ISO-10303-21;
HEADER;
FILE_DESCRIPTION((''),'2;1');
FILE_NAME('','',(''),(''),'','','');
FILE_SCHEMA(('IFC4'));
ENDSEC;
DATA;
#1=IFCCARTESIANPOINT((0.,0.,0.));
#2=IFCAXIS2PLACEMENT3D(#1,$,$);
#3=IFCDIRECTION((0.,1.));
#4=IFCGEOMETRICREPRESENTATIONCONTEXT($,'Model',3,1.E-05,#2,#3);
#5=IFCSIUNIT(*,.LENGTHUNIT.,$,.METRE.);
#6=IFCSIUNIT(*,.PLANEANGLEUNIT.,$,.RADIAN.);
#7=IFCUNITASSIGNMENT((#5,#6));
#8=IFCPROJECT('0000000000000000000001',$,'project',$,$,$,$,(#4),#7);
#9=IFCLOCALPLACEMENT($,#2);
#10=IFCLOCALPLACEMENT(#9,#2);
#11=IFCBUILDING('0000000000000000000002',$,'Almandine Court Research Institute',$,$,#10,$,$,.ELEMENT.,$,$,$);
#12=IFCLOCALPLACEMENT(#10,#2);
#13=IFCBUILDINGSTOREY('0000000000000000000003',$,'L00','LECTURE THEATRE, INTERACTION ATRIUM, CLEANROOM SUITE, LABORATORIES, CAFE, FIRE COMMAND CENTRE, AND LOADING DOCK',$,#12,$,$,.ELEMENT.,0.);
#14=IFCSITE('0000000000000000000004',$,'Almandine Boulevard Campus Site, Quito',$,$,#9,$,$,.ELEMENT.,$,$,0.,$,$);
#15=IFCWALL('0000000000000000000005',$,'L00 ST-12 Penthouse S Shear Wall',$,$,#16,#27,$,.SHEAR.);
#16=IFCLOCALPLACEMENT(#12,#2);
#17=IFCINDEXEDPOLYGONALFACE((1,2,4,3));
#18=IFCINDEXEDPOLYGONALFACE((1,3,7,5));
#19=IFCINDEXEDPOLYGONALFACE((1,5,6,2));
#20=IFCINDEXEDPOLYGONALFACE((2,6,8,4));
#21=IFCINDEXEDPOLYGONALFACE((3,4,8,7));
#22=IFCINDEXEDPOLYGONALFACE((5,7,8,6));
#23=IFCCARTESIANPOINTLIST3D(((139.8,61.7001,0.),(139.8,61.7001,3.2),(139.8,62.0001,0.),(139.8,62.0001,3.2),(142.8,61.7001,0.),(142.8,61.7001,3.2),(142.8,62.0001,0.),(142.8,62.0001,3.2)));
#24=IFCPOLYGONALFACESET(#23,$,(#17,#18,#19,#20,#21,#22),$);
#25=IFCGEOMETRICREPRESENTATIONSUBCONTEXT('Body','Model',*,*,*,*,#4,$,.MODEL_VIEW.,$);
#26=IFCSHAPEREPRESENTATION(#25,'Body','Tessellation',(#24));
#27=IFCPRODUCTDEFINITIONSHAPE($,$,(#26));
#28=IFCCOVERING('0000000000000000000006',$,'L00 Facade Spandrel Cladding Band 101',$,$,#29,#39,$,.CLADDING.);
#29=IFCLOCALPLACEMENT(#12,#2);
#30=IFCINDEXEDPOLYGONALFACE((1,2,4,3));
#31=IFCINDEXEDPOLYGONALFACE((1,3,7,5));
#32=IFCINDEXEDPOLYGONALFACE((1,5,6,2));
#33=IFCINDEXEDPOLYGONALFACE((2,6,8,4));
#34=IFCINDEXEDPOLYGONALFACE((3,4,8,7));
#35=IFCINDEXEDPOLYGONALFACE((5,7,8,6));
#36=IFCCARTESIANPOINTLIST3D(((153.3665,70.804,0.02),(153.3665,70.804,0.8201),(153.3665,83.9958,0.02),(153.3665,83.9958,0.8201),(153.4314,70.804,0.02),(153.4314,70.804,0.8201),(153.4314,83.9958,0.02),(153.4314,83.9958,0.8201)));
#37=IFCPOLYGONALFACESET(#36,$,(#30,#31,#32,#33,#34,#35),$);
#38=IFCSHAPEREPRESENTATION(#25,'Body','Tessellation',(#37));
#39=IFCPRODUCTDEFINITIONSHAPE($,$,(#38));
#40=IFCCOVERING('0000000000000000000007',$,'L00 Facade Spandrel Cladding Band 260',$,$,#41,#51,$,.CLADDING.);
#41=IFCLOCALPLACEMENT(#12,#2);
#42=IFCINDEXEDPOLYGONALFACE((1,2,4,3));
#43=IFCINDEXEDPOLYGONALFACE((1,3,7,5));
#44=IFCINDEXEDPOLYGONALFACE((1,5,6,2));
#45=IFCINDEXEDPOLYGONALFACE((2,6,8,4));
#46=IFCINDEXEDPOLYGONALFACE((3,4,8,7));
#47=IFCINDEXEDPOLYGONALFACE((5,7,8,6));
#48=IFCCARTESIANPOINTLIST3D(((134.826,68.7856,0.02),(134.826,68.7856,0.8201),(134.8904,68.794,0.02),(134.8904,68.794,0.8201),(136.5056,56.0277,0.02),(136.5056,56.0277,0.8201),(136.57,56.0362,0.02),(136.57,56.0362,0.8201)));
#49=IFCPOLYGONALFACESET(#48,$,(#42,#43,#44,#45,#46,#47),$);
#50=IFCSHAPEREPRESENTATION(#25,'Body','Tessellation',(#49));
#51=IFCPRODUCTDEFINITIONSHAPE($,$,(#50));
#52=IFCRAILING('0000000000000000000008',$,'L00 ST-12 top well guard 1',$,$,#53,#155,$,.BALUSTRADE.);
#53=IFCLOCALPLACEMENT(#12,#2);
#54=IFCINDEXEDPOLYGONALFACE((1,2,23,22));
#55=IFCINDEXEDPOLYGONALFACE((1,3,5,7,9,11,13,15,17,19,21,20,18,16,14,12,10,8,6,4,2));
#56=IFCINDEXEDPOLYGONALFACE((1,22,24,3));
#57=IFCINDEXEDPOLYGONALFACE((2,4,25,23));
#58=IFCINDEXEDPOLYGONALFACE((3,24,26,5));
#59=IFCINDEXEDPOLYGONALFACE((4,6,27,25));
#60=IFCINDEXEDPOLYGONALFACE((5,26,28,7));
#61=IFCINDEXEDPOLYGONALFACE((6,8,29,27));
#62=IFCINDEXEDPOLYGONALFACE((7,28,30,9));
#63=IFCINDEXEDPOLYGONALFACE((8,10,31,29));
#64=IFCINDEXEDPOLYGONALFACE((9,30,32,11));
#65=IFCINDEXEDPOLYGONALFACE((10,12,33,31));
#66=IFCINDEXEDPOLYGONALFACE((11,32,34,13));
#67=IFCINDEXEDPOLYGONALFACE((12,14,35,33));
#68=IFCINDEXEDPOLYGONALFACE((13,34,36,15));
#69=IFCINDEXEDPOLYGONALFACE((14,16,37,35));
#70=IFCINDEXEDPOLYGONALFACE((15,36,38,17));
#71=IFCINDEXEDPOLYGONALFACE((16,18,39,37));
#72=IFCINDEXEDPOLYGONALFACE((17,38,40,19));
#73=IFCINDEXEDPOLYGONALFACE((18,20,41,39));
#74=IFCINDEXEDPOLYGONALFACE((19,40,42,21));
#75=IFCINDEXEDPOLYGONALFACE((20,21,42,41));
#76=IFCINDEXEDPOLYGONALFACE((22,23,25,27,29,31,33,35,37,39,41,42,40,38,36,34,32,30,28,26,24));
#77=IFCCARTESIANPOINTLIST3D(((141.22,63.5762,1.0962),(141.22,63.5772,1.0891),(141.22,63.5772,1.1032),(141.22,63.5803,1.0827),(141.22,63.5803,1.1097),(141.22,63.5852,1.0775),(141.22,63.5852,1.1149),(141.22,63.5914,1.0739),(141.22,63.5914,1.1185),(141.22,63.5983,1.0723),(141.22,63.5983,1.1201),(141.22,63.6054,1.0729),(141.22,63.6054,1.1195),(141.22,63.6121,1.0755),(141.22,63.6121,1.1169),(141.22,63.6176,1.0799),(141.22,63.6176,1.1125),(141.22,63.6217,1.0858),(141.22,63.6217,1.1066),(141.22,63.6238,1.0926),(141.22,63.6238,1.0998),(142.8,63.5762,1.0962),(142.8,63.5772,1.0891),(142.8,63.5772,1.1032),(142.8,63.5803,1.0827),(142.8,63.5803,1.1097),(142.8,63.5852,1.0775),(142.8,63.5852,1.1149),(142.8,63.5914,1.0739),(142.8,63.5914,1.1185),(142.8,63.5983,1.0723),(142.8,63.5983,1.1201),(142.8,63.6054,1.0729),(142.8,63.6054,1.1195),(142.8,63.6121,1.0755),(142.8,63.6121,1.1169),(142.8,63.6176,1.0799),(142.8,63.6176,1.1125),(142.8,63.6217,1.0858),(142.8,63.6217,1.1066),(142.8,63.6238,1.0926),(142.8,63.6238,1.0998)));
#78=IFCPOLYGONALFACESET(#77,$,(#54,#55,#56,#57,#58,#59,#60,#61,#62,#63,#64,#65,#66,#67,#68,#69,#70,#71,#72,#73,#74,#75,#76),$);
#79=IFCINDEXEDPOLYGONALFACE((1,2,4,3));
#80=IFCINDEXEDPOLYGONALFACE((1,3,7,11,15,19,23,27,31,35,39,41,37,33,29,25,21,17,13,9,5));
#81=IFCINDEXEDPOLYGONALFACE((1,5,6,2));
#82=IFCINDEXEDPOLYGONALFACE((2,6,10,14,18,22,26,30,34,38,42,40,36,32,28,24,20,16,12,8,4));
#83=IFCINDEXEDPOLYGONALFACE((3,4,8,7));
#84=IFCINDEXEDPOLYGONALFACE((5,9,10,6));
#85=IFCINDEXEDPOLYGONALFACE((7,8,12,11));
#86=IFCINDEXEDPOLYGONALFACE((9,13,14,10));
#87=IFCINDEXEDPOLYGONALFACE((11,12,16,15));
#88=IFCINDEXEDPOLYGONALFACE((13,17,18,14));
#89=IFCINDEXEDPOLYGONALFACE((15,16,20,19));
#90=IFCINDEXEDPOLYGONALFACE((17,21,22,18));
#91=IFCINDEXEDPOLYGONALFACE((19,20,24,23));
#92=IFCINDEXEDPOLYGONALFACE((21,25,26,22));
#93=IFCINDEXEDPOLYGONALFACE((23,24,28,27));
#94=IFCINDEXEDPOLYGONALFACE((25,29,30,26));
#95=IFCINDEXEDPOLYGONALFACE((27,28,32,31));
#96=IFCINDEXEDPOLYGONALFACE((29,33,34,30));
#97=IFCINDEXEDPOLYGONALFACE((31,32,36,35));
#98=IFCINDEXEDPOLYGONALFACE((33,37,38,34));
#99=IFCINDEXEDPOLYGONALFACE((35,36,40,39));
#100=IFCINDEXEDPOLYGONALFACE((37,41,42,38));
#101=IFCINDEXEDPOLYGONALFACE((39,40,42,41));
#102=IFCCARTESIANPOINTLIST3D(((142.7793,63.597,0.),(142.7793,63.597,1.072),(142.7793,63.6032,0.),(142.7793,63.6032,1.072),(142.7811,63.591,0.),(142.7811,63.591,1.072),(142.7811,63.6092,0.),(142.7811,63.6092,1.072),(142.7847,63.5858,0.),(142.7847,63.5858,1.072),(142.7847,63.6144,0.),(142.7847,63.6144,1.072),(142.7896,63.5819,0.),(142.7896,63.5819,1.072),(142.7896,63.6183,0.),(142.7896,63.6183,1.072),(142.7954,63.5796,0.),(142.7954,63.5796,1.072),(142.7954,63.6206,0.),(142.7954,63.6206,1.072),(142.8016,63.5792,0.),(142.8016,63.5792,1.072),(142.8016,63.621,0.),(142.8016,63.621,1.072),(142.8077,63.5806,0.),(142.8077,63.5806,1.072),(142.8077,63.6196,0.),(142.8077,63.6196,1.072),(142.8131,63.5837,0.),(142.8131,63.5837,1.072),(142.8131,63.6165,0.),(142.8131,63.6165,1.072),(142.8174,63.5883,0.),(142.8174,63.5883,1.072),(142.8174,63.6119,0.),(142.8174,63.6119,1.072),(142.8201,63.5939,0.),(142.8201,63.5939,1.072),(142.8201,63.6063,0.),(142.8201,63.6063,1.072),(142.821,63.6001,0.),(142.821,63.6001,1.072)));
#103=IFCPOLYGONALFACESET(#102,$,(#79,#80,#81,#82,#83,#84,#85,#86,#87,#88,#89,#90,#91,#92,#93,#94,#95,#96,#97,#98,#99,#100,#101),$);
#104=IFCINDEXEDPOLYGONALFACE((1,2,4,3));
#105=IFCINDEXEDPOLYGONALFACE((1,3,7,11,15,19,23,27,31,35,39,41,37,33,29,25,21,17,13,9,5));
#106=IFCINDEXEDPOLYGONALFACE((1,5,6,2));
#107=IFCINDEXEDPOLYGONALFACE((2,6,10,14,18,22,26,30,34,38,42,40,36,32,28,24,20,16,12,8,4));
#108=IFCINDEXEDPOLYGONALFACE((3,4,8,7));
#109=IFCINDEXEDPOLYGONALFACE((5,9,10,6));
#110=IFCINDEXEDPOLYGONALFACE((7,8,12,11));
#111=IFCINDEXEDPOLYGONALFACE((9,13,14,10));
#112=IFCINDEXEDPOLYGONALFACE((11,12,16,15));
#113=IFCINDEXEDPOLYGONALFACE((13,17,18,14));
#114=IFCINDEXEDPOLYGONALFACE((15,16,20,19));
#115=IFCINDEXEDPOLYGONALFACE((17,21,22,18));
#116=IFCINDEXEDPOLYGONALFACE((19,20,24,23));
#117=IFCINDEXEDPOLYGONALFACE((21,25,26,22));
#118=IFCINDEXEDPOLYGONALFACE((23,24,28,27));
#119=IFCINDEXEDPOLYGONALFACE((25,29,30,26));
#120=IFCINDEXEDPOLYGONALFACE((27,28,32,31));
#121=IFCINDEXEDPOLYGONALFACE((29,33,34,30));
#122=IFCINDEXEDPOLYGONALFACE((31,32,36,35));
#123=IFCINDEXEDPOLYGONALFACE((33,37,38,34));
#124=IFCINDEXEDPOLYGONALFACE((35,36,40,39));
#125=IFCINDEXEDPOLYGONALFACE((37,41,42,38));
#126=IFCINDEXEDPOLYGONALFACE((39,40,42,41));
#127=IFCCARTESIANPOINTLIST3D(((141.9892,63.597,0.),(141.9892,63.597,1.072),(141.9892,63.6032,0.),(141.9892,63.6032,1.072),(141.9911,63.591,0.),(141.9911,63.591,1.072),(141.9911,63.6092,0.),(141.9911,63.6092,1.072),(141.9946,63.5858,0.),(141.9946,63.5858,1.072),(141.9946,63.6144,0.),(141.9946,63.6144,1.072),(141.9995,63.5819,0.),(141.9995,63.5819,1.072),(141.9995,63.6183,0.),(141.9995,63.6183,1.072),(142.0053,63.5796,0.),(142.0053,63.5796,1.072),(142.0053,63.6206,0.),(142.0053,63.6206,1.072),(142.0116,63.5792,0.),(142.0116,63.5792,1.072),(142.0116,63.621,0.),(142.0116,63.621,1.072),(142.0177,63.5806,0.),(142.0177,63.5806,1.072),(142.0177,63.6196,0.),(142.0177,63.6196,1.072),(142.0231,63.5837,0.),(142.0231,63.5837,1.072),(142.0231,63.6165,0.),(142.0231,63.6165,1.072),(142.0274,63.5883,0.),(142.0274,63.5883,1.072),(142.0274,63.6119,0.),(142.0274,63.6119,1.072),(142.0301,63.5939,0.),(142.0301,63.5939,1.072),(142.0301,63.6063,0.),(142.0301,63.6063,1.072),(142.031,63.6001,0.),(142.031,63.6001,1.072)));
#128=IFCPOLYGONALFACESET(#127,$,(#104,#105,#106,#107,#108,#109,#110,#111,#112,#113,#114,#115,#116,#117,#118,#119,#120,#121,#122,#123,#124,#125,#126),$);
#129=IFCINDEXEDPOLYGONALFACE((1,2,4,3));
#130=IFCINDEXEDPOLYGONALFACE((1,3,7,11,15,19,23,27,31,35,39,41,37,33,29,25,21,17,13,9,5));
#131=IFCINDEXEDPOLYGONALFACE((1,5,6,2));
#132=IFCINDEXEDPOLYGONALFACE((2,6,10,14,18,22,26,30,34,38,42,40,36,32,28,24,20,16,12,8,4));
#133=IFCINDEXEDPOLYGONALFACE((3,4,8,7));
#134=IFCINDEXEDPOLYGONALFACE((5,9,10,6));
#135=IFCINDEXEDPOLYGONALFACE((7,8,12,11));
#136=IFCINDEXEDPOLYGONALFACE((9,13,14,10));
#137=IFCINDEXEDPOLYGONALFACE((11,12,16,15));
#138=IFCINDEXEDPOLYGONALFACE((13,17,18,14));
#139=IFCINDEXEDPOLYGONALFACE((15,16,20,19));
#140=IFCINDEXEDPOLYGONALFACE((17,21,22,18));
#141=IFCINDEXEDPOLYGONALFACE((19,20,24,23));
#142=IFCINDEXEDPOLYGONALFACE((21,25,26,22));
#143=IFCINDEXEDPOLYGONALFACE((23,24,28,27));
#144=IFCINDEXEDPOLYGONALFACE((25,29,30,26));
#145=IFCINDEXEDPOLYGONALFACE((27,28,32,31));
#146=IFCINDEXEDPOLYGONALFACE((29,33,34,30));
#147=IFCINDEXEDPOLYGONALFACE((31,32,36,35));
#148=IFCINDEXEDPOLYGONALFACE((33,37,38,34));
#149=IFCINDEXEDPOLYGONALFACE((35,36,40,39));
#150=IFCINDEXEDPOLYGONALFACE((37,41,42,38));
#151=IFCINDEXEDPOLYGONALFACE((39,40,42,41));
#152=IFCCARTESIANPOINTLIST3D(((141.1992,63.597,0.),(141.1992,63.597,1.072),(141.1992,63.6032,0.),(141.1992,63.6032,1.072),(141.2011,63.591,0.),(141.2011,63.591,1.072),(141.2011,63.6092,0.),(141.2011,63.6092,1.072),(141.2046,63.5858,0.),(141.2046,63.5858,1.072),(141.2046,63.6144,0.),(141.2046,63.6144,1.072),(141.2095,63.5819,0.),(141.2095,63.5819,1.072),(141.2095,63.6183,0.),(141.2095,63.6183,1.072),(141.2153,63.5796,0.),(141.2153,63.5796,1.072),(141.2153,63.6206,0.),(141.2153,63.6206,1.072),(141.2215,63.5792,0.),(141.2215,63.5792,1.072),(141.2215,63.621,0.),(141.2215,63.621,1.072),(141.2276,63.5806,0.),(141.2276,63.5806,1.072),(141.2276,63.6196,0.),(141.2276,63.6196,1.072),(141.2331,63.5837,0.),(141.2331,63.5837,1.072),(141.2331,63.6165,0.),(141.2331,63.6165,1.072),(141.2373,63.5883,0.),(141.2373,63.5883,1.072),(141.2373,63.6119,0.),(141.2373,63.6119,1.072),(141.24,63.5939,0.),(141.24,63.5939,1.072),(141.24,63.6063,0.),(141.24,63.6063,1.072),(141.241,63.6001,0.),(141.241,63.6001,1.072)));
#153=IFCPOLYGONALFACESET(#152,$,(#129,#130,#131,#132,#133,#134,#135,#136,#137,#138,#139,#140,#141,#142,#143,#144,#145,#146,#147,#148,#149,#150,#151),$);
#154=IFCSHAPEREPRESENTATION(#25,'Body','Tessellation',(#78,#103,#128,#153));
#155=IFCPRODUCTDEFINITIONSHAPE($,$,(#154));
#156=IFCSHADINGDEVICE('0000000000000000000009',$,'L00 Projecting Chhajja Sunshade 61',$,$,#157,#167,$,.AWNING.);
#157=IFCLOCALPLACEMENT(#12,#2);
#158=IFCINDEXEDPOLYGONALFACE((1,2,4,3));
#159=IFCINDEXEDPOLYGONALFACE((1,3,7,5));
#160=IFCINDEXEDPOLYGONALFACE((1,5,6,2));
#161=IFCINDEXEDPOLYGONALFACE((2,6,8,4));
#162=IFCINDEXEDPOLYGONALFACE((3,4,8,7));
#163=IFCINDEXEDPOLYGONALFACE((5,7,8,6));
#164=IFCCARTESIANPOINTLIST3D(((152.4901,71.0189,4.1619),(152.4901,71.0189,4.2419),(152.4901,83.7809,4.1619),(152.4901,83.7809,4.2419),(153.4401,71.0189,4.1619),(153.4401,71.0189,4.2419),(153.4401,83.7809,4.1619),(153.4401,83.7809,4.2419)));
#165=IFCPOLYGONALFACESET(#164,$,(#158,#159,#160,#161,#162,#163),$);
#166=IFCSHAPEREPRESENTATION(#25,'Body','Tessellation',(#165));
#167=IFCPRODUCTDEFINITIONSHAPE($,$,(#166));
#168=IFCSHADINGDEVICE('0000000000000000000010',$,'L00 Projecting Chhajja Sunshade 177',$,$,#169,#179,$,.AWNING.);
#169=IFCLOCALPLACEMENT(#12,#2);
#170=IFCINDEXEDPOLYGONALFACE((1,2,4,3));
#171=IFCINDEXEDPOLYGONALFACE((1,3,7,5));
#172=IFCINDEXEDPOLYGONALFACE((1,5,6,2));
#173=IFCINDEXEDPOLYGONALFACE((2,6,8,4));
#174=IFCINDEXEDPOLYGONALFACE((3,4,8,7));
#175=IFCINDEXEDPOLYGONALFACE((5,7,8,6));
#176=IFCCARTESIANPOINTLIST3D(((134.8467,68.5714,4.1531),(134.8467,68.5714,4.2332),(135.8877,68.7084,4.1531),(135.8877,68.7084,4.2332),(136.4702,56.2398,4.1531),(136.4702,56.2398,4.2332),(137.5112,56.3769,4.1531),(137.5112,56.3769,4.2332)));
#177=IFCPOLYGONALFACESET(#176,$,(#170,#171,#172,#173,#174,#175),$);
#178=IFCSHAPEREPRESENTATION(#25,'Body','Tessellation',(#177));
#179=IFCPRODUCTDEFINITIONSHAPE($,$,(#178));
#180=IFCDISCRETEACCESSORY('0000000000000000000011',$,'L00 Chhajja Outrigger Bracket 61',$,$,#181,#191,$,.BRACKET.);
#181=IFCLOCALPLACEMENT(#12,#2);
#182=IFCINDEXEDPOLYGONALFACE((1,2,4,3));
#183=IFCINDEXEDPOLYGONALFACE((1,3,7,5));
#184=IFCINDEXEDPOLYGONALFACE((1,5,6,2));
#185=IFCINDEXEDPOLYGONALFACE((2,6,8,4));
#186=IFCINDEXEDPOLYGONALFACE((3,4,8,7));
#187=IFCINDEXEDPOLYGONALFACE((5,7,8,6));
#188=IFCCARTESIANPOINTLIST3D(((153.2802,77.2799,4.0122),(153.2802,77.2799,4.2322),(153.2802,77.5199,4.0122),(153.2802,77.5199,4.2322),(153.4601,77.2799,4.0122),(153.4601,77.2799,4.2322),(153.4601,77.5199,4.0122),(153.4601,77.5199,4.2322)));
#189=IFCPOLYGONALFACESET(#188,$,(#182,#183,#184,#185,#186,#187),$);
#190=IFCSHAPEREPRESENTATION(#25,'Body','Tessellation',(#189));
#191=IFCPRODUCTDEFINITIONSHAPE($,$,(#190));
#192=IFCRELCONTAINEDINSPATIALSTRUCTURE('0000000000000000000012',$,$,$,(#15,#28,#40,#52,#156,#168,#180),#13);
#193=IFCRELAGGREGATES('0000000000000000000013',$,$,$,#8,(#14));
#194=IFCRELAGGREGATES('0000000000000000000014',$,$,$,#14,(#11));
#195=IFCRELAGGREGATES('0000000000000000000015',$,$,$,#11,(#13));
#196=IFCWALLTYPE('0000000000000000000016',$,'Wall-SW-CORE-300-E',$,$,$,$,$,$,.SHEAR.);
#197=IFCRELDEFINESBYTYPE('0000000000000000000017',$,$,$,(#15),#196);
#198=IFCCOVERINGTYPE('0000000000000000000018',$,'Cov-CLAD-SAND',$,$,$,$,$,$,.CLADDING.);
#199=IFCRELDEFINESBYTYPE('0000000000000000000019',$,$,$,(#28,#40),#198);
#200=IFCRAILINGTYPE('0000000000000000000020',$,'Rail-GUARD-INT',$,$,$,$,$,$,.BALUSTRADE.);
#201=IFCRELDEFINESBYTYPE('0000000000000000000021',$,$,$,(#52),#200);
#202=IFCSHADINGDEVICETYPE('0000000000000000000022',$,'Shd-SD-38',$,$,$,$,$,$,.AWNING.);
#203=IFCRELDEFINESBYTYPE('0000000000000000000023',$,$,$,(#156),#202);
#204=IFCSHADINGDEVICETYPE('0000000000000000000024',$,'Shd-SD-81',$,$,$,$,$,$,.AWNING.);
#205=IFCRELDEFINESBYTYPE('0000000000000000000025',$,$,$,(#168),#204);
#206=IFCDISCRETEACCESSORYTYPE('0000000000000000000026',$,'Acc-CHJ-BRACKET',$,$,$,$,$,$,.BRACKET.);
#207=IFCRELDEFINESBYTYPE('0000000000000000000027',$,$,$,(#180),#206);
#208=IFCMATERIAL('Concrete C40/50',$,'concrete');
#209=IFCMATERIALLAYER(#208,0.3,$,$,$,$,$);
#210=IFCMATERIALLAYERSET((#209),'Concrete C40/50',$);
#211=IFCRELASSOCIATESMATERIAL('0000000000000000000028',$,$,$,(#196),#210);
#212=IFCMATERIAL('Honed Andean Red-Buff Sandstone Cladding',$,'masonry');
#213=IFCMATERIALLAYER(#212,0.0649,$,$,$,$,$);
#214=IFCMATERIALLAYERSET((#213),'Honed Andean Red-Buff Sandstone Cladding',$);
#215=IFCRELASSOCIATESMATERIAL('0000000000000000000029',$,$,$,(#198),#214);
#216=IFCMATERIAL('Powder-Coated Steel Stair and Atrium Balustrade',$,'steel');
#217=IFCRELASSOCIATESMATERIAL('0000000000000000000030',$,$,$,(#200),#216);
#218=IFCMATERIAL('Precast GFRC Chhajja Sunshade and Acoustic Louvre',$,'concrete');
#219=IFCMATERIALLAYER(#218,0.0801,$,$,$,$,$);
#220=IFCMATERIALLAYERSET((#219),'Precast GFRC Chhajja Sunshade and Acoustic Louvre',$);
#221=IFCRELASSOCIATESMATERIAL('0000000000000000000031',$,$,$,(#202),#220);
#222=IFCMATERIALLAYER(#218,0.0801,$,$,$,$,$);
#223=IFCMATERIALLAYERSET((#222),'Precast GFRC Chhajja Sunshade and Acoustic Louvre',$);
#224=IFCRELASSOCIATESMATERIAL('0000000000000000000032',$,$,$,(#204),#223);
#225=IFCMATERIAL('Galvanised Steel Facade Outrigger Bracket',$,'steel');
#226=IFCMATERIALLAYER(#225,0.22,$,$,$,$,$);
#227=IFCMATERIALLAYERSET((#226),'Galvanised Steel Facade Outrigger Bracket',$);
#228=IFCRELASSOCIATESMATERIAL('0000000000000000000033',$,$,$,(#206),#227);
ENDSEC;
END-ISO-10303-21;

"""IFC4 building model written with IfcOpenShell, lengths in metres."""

from ifc_helpers import new_model, si_unit, direction, frame, frame_2d, origin, origin_2d, place, context, subcontext, project, spatial, rectangle, circle, extrude, material, layer, layer_set, type_object, element, save


model = new_model("IFC4")

# Units and contexts
model_context = context("Model", 3, precision=1e-05, world=origin(), true_north=direction((0.0, 1.0)))
body_context = subcontext(model_context, "Body", "Model", "MODEL_VIEW")
ifc_project = project(units=[si_unit("LENGTHUNIT", "METRE"), si_unit("PLANEANGLEUNIT", "RADIAN")], contexts=[model_context])

# Site, building, storey
site_placement = place(None, origin())
site = spatial("IfcSite", under=ifc_project, at=site_placement, Name="Almandine Boulevard Campus Site, Quito", CompositionType="ELEMENT", RefElevation=0.0)
building_placement = place(site_placement, origin())
building = spatial("IfcBuilding", under=site, at=building_placement, Name="Almandine Court Research Institute", CompositionType="ELEMENT")
storey_placement = place(building_placement, origin())
storey = spatial("IfcBuildingStorey", under=building, at=storey_placement, Name="L00", Description="LECTURE THEATRE, INTERACTION ATRIUM, CLEANROOM SUITE, LABORATORIES, CAFE, FIRE COMMAND CENTRE, AND LOADING DOCK", CompositionType="ELEMENT", Elevation=0.0)

# Shared definitions
ifc_material_1 = material(Name="Concrete C40/50", Category="concrete")
ifc_layer_1 = layer(ifc_material_1, 0.3)
ifc_layer_set_1 = layer_set([ifc_layer_1], Name="Concrete C40/50")
wall_type_1 = type_object("IfcWallType", Name="Wall-SW-CORE-300-E", PredefinedType="SHEAR", material=ifc_layer_set_1)

# Wall
wall_1_placement = place(storey_placement, frame((142.8, 61.8501, 0.0), z_axis=(0.0, 0.0, 1.0), x_axis=(-1.0, 0.0, 0.0)))
element("IfcWall", 1, at=wall_1_placement, inside=storey, type_object=wall_type_1, Name="L00 ST-12 Penthouse S Shear Wall", PredefinedType="SHEAR", context=body_context, shape_type="SweptSolid", body=[
    extrude(rectangle(XDim=3.0, YDim=0.3, at=frame_2d((1.5, 0.0))), origin(), (0.0, 0.0, 1.0), 3.2),
])

# Coverings
ifc_material_2 = material(Name="Honed Andean Red-Buff Sandstone Cladding", Category="masonry")
ifc_layer_2 = layer(ifc_material_2, 0.0649)
ifc_layer_set_2 = layer_set([ifc_layer_2], Name="Honed Andean Red-Buff Sandstone Cladding")
covering_type = type_object("IfcCoveringType", Name="Cov-CLAD-SAND", PredefinedType="CLADDING", material=ifc_layer_set_2)
covering_1_placement = place(storey_placement, frame((153.3989, 77.3999, 0.02), z_axis=(0.0, 0.0, 1.0), x_axis=(0.0, 1.0, 0.0)))
element("IfcCovering", 2, at=covering_1_placement, inside=storey, type_object=covering_type, Name="L00 Facade Spandrel Cladding Band 101", PredefinedType="CLADDING", context=body_context, shape_type="SweptSolid", body=[
    extrude(rectangle(XDim=13.1919, YDim=0.0649, at=origin_2d()), origin(), (0.0, 0.0, 1.0), 0.8),
])
covering_2_placement = place(storey_placement, frame((135.698, 62.4109, 0.02), z_axis=(0.0, 0.0, 1.0), x_axis=(0.130526, -0.991445, 0.0)))
element("IfcCovering", 3, at=covering_2_placement, inside=storey, type_object=covering_type, Name="L00 Facade Spandrel Cladding Band 260", PredefinedType="CLADDING", context=body_context, shape_type="SweptSolid", body=[
    extrude(rectangle(XDim=12.8679, YDim=0.0649, at=origin_2d()), origin(), (0.0, 0.0, 1.0), 0.8),
])

# Railing
ifc_material_3 = material(Name="Powder-Coated Steel Stair and Atrium Balustrade", Category="steel")
railing_type = type_object("IfcRailingType", Name="Rail-GUARD-INT", PredefinedType="BALUSTRADE", material=ifc_material_3)
railing_placement = place(storey_placement, frame((142.8, 63.6001, 0.0)))
element("IfcRailing", 4, at=railing_placement, inside=storey, type_object=railing_type, Name="L00 ST-12 top well guard 1", PredefinedType="BALUSTRADE", context=body_context, shape_type="SweptSolid", body=[
    extrude(circle(Radius=0.0239, at=origin_2d()), frame((0.0, 0.0, 1.0962), z_axis=(-1.0, 0.0, 0.0), x_axis=(0.0, -1.0, 0.0)), (0.0, 0.0, 1.0), 1.5801),
    extrude(circle(Radius=0.021, at=origin_2d()), origin(), (0.0, 0.0, 1.0), 1.072),
    extrude(circle(Radius=0.021, at=origin_2d()), frame((-0.79, 0.0, 0.0)), (0.0, 0.0, 1.0), 1.072),
    extrude(circle(Radius=0.021, at=origin_2d()), frame((-1.5801, 0.0, 0.0)), (0.0, 0.0, 1.0), 1.072),
])

# Shading devices
ifc_material_4 = material(Name="Precast GFRC Chhajja Sunshade and Acoustic Louvre", Category="concrete")
ifc_layer_3 = layer(ifc_material_4, 0.0801)
ifc_layer_set_3 = layer_set([ifc_layer_3], Name="Precast GFRC Chhajja Sunshade and Acoustic Louvre")
shading_device_type_1 = type_object("IfcShadingDeviceType", Name="Shd-SD-38", PredefinedType="AWNING", material=ifc_layer_set_3)
shading_device_1_placement = place(storey_placement, frame((152.9651, 77.3999, 4.1619), z_axis=(0.0, 0.0, 1.0), x_axis=(0.0, 1.0, 0.0)))
element("IfcShadingDevice", 5, at=shading_device_1_placement, inside=storey, type_object=shading_device_type_1, Name="L00 Projecting Chhajja Sunshade 61", PredefinedType="AWNING", context=body_context, shape_type="SweptSolid", body=[
    extrude(rectangle(XDim=12.762, YDim=0.95, at=origin_2d()), origin(), (0.0, 0.0, 1.0), 0.0801),
])
ifc_layer_4 = layer(ifc_material_4, 0.0801)
ifc_layer_set_4 = layer_set([ifc_layer_4], Name="Precast GFRC Chhajja Sunshade and Acoustic Louvre")
shading_device_type_2 = type_object("IfcShadingDeviceType", Name="Shd-SD-81", PredefinedType="AWNING", material=ifc_layer_set_4)
shading_device_2_placement = place(storey_placement, frame((136.179, 62.4741, 4.1531), z_axis=(0.0, 0.0, 1.0), x_axis=(0.130526, -0.991445, 0.0)))
element("IfcShadingDevice", 6, at=shading_device_2_placement, inside=storey, type_object=shading_device_type_2, Name="L00 Projecting Chhajja Sunshade 177", PredefinedType="AWNING", context=body_context, shape_type="SweptSolid", body=[
    extrude(rectangle(XDim=12.438, YDim=1.05, at=origin_2d()), origin(), (0.0, 0.0, 1.0), 0.0801),
])

# Discrete accessory
ifc_material_5 = material(Name="Galvanised Steel Facade Outrigger Bracket", Category="steel")
ifc_layer_5 = layer(ifc_material_5, 0.22)
ifc_layer_set_5 = layer_set([ifc_layer_5], Name="Galvanised Steel Facade Outrigger Bracket")
discrete_accessory_type = type_object("IfcDiscreteAccessoryType", Name="Acc-CHJ-BRACKET", PredefinedType="BRACKET", material=ifc_layer_set_5)
for number, where, z_axis, x_axis, name in (
    (7, (153.3701, 77.3999, 4.0122), (0.0, 0.0, 1.0), (0.0, 1.0, 0.0), "L00 Chhajja Outrigger Bracket 61"),
):
    element("IfcDiscreteAccessory", number, at=place(storey_placement, frame(where, z_axis=z_axis, x_axis=x_axis)), inside=storey, type_object=discrete_accessory_type, Name=name, PredefinedType="BRACKET", context=body_context, shape_type="SweptSolid", body=[
        extrude(rectangle(XDim=0.24, YDim=0.1799, at=origin_2d()), origin(), (0.0, 0.0, 1.0), 0.22),
    ])

save(model, "model.ifc")
